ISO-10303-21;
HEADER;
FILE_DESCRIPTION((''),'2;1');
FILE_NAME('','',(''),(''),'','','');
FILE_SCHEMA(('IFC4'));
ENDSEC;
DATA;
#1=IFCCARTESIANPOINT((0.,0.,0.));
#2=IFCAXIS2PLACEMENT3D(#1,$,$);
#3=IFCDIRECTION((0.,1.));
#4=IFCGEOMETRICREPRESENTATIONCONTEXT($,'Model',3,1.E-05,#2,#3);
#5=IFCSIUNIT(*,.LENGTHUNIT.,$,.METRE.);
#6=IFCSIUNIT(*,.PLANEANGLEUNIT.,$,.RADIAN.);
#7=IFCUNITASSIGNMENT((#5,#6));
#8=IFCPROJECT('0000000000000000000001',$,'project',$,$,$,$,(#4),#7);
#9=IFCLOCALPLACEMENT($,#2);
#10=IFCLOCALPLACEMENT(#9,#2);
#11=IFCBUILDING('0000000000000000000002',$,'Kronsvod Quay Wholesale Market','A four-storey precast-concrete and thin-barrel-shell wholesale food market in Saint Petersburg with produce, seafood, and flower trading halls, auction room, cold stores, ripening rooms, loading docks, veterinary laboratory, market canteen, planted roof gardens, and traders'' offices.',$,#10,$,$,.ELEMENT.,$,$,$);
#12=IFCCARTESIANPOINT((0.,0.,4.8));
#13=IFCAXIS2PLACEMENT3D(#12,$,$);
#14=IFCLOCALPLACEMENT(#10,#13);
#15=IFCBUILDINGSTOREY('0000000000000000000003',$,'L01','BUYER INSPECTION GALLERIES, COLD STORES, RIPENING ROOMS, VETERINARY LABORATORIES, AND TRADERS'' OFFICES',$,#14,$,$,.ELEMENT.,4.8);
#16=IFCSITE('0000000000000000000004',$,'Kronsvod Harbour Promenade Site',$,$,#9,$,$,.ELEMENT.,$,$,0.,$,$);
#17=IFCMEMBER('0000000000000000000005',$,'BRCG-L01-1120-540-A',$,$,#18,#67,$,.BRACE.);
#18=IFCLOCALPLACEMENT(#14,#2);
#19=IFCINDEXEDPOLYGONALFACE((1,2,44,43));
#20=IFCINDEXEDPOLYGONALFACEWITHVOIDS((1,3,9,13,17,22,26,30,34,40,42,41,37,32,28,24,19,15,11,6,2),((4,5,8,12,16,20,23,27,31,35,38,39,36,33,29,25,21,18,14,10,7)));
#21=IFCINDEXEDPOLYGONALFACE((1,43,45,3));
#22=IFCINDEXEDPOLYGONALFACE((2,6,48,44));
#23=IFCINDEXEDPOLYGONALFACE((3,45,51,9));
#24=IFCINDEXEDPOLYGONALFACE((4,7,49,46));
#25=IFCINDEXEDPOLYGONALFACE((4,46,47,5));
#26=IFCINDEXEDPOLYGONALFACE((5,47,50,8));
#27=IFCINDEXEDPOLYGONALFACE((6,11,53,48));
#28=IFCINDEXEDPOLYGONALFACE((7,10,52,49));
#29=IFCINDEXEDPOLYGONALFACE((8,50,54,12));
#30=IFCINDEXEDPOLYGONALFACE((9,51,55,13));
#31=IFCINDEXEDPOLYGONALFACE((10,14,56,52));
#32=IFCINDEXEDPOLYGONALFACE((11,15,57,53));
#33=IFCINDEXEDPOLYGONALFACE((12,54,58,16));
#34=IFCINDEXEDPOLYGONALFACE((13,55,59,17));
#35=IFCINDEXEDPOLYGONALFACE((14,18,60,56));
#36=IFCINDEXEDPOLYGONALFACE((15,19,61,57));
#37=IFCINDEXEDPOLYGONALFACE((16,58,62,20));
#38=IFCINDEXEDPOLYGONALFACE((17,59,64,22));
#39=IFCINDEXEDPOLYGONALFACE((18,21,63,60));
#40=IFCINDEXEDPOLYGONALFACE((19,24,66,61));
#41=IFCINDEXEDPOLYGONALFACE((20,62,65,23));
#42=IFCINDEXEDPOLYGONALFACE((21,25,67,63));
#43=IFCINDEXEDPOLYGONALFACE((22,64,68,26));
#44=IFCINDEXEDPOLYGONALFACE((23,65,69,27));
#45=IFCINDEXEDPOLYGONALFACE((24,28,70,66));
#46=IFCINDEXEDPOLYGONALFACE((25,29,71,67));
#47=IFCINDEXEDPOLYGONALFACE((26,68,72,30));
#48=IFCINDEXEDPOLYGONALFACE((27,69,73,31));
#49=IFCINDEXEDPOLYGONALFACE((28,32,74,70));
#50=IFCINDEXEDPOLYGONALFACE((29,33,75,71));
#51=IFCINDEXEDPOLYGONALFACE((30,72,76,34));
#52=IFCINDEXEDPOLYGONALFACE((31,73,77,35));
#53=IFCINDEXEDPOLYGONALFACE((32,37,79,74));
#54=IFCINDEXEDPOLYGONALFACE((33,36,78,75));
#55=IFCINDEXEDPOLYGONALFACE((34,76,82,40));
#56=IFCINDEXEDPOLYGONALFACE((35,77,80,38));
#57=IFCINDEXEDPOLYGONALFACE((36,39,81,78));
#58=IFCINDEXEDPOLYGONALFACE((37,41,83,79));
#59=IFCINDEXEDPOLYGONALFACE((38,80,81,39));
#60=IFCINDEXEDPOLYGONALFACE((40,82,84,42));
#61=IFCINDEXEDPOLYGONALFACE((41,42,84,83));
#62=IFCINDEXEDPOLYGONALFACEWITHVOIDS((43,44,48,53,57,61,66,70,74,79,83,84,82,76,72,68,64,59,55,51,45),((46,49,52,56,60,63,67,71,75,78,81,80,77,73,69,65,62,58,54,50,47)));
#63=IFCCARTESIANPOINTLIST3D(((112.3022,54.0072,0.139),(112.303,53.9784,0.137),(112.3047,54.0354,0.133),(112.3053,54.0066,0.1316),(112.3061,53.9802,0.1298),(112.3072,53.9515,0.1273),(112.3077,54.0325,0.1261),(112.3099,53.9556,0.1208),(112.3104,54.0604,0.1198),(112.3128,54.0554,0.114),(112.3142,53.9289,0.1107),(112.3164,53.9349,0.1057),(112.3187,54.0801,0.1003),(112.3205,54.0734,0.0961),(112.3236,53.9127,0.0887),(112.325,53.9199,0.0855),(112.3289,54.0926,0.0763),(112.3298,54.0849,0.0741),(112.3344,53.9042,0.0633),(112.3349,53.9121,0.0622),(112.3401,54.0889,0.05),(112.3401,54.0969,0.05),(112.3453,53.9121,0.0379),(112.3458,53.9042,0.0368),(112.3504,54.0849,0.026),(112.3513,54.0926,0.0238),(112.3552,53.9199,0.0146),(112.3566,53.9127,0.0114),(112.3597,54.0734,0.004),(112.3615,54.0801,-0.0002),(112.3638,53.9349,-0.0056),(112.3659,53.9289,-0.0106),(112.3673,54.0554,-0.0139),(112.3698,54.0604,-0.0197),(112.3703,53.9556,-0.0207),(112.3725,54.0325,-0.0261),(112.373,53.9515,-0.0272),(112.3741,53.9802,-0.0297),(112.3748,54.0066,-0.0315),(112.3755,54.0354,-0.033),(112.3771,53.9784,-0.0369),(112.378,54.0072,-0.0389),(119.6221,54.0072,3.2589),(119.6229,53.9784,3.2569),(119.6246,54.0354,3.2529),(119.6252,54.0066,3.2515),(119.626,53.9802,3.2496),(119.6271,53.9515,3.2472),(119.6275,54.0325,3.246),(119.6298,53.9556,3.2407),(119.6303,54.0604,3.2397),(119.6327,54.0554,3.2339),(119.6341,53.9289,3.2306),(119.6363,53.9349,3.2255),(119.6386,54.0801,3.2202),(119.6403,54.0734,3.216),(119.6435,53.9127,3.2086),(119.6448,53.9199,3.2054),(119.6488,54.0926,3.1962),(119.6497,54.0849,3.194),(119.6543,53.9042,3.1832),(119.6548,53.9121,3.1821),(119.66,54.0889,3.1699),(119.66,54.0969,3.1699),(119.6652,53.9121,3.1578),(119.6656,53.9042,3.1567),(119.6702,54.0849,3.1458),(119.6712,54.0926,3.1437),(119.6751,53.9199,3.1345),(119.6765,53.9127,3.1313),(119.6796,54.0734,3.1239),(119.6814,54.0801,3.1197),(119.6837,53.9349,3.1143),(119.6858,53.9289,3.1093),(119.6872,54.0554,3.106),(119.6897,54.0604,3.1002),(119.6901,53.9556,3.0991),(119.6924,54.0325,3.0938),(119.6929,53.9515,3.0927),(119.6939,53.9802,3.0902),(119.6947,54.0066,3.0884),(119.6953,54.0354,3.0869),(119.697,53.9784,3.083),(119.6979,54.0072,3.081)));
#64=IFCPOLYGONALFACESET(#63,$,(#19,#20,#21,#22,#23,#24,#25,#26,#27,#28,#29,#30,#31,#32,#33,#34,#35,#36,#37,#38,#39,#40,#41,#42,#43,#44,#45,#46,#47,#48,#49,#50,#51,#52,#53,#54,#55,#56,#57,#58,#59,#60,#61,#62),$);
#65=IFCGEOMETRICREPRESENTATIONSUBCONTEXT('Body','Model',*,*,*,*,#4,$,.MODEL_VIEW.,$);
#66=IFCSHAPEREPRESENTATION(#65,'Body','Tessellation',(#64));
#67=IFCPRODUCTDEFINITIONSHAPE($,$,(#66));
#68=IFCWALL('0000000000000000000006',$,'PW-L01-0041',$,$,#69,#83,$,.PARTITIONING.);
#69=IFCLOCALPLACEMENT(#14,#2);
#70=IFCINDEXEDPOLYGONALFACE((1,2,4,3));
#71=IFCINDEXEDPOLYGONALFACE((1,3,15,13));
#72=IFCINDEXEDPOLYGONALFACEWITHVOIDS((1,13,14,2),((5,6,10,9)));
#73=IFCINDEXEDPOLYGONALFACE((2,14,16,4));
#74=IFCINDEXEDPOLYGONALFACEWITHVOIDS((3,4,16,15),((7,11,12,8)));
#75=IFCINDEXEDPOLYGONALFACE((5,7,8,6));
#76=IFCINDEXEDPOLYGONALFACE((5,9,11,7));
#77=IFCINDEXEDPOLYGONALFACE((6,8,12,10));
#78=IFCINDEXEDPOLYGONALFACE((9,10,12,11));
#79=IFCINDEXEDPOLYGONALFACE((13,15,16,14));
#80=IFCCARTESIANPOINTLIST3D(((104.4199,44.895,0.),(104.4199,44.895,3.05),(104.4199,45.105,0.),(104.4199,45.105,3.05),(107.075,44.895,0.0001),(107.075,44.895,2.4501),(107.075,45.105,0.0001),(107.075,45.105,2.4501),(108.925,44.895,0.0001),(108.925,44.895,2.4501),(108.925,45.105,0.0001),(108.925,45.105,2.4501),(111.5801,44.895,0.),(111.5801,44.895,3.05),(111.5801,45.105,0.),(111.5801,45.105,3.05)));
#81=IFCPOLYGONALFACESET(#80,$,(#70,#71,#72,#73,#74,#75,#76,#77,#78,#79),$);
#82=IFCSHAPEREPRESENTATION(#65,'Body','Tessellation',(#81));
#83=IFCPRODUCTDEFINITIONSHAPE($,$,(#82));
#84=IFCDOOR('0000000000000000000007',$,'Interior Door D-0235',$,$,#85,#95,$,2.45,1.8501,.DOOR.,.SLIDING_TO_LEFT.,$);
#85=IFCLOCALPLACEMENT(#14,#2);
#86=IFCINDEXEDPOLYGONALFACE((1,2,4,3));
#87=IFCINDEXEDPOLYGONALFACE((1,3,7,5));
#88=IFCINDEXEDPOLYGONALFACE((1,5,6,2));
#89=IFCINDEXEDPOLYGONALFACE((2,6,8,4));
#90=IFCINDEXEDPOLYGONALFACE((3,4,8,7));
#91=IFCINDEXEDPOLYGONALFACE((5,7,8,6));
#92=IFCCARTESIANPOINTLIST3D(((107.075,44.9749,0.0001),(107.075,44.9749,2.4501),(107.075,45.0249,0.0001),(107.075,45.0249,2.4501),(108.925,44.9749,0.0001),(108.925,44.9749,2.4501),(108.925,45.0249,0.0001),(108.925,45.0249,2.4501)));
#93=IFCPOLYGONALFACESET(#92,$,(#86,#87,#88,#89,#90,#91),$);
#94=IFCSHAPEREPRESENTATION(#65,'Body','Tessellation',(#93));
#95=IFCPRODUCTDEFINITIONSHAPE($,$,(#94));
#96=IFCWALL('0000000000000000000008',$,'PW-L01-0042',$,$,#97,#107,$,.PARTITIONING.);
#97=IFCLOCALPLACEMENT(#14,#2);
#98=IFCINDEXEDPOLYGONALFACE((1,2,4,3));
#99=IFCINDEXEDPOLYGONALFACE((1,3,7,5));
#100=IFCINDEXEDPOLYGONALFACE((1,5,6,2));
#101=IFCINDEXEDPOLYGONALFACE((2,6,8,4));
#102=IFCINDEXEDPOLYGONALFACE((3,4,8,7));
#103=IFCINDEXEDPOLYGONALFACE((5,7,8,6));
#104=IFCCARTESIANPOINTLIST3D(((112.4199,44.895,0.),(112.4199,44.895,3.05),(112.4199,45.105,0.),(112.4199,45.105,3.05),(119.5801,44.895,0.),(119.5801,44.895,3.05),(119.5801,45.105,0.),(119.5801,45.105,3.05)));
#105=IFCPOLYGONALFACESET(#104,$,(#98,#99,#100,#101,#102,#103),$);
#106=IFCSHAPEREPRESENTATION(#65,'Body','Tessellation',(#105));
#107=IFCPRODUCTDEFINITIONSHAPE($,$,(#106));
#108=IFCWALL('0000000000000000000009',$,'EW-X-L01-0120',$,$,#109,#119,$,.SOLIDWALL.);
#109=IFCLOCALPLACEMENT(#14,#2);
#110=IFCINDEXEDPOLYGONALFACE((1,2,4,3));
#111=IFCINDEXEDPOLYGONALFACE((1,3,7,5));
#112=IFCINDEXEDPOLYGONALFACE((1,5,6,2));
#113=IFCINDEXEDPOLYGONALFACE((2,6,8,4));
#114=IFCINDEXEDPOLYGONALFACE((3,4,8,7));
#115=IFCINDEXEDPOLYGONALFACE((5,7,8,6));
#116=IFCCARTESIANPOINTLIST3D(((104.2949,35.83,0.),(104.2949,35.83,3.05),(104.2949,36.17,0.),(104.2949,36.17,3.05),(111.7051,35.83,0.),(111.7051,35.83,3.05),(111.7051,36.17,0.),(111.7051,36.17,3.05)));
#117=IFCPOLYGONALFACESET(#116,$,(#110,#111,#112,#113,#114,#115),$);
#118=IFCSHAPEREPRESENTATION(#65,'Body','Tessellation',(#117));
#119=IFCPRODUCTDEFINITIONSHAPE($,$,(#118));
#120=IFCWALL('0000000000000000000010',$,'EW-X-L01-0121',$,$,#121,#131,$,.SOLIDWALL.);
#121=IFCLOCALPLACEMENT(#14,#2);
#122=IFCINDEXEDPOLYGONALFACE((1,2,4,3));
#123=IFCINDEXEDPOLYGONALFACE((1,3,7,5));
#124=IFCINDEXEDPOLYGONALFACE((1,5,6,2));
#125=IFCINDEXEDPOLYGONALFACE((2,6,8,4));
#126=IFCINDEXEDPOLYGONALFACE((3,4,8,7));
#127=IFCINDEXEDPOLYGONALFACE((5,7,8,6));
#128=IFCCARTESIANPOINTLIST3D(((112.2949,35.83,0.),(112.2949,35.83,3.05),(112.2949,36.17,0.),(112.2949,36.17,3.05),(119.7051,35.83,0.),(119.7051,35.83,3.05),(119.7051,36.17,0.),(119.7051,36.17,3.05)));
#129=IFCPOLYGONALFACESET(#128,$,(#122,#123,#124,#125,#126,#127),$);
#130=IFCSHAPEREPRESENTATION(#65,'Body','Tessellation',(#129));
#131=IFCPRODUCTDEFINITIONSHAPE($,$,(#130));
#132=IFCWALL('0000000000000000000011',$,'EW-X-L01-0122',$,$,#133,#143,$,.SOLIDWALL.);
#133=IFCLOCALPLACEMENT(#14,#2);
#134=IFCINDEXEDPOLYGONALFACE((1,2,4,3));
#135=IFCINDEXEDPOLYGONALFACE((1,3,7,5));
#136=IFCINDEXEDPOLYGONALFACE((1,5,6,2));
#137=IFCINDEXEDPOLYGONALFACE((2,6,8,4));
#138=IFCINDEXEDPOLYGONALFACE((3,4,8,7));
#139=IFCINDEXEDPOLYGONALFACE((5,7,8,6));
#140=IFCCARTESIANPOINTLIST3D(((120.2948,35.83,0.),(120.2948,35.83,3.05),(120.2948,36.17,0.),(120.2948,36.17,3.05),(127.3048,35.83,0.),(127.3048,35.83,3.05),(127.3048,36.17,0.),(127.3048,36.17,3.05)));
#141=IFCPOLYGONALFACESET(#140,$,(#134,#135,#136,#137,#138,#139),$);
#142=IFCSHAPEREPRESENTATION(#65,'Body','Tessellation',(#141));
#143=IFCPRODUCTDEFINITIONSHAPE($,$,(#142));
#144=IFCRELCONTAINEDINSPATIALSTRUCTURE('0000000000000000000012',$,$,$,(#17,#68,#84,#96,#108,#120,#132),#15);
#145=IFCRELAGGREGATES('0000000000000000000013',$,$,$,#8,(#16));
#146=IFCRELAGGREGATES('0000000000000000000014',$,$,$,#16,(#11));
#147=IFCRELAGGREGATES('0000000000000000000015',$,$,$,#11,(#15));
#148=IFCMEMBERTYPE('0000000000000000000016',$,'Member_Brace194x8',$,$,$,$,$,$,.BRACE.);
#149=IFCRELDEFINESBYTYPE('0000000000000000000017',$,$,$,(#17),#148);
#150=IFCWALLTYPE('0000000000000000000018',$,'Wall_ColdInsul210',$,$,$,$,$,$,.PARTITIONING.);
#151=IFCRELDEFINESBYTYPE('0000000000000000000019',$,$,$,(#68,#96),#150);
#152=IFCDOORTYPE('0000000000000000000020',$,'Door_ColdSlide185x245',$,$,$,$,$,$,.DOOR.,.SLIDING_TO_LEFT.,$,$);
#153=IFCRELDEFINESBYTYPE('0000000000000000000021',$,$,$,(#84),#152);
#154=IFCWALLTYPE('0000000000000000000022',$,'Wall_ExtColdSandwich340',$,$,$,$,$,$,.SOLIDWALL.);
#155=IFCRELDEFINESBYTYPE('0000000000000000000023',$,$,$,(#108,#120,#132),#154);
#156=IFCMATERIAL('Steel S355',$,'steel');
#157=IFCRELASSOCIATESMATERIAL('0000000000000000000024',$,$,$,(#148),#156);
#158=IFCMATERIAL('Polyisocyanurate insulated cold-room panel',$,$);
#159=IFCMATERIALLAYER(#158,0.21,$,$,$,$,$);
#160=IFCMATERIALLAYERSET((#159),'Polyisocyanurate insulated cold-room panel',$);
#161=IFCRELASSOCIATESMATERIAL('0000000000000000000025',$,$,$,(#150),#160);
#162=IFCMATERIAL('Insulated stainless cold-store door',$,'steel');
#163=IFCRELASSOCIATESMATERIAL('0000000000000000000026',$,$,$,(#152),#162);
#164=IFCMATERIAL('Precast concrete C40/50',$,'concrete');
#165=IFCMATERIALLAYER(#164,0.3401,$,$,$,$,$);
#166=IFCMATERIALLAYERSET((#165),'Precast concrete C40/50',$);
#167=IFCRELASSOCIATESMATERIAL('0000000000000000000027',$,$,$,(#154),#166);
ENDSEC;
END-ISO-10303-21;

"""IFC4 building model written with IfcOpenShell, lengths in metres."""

from ifc_helpers import new_model, si_unit, direction, frame, frame_2d, origin, origin_2d, place, context, subcontext, project, spatial, rectangle, hollow_circle, extrude, material, layer, layer_set, material_profile, profile_set, type_object, element, fill, save


model = new_model("IFC4")

# Units and contexts
model_context = context("Model", 3, precision=1e-05, world=origin(), true_north=direction((0.0, 1.0)))
body_context = subcontext(model_context, "Body", "Model", "MODEL_VIEW")
ifc_project = project(units=[si_unit("LENGTHUNIT", "METRE"), si_unit("PLANEANGLEUNIT", "RADIAN")], contexts=[model_context])

# Site, building, storey
site_placement = place(None, origin())
site = spatial("IfcSite", under=ifc_project, at=site_placement, Name="Kronsvod Harbour Promenade Site", CompositionType="ELEMENT", RefElevation=0.0)
building_placement = place(site_placement, origin())
building = spatial("IfcBuilding", under=site, at=building_placement, Name="Kronsvod Quay Wholesale Market", Description="A four-storey precast-concrete and thin-barrel-shell wholesale food market in Saint Petersburg with produce, seafood, and flower trading halls, auction room, cold stores, ripening rooms, loading docks, veterinary laboratory, market canteen, planted roof gardens, and traders' offices.", CompositionType="ELEMENT")
storey_placement = place(building_placement, frame((0.0, 0.0, 4.8)))
storey = spatial("IfcBuildingStorey", under=building, at=storey_placement, Name="L01", Description="BUYER INSPECTION GALLERIES, COLD STORES, RIPENING ROOMS, VETERINARY LABORATORIES, AND TRADERS' OFFICES", CompositionType="ELEMENT", Elevation=4.8)

# Member
ifc_material_1 = material(Name="Steel S355", Category="steel")
ifc_material_profile_1 = material_profile(ifc_material_1, hollow_circle(Radius=0.0969, WallThickness=0.0081, at=origin_2d()), Name="CHS194x8")
ifc_profile_set_1 = profile_set([ifc_material_profile_1], Name="Steel S355")
member_type = type_object("IfcMemberType", Name="Member_Brace194x8", PredefinedType="BRACE", material=ifc_profile_set_1)
member_placement = place(storey_placement, frame((112.3401, 54.0, 0.05), z_axis=(0.919926, 0.0, 0.392093), x_axis=(0.0, 1.0, 0.0)))
element("IfcMember", 1, at=member_placement, inside=storey, type_object=member_type, Name="BRCG-L01-1120-540-A", PredefinedType="BRACE", context=body_context, shape_type="SweptSolid", body=[
    extrude(hollow_circle(Radius=0.0969, WallThickness=0.0081, at=origin_2d()), origin(), (0.0, 0.0, 1.0), 7.957),
])

# Wall, opening, door
ifc_material_2 = material(Name="Polyisocyanurate insulated cold-room panel")
ifc_layer_1 = layer(ifc_material_2, 0.21)
ifc_layer_set_1 = layer_set([ifc_layer_1], Name="Polyisocyanurate insulated cold-room panel")
wall_type_1 = type_object("IfcWallType", Name="Wall_ColdInsul210", PredefinedType="PARTITIONING", material=ifc_layer_set_1)
wall_1_placement = place(storey_placement, frame((104.4199, 45.0, 0.0), z_axis=(0.0, 0.0, 1.0), x_axis=(1.0, 0.0, 0.0)))
wall_1 = element("IfcWall", 2, at=wall_1_placement, inside=storey, type_object=wall_type_1, Name="PW-L01-0041", PredefinedType="PARTITIONING", context=body_context, shape_type="SweptSolid", body=[
    extrude(rectangle(XDim=7.1602, YDim=0.21, at=frame_2d((3.5801, 0.0))), origin(), (0.0, 0.0, 1.0), 3.05),
])
opening_placement = place(wall_1_placement, frame((2.655, 0.0, 0.0)))
opening = element("IfcOpeningElement", 3, at=opening_placement, cuts=wall_1, PredefinedType="OPENING", context=body_context, shape_type="SweptSolid", body=[
    extrude(rectangle(XDim=1.8501, YDim=2.45, at=frame_2d((0.925, 1.2251))), frame((0.0, 0.115, 0.0), z_axis=(0.0, -1.0, 0.0), x_axis=(1.0, 0.0, 0.0)), (0.0, 0.0, 1.0), 0.23),
])
ifc_material_3 = material(Name="Insulated stainless cold-store door", Category="steel")
door_type = type_object("IfcDoorType", Name="Door_ColdSlide185x245", OperationType="SLIDING_TO_LEFT", PredefinedType="DOOR", material=ifc_material_3)
door_placement = place(opening_placement, origin())
door = element("IfcDoor", 4, at=door_placement, inside=storey, type_object=door_type, Name="Interior Door D-0235", OperationType="SLIDING_TO_LEFT", OverallHeight=2.45, OverallWidth=1.8501, PredefinedType="DOOR", context=body_context, shape_type="SweptSolid", body=[
    extrude(rectangle(XDim=1.8501, YDim=2.45, at=frame_2d((0.925, 1.2251))), frame((0.0, 0.0249, 0.0), z_axis=(0.0, -1.0, 0.0), x_axis=(1.0, 0.0, 0.0)), (0.0, 0.0, 1.0), 0.05),
])
fill(opening, door)

# Walls
wall_2_placement = place(storey_placement, frame((112.4199, 45.0, 0.0), z_axis=(0.0, 0.0, 1.0), x_axis=(1.0, 0.0, 0.0)))
element("IfcWall", 5, at=wall_2_placement, inside=storey, type_object=wall_type_1, Name="PW-L01-0042", PredefinedType="PARTITIONING", context=body_context, shape_type="SweptSolid", body=[
    extrude(rectangle(XDim=7.1602, YDim=0.21, at=frame_2d((3.5801, 0.0))), origin(), (0.0, 0.0, 1.0), 3.05),
])
ifc_material_4 = material(Name="Precast concrete C40/50", Category="concrete")
ifc_layer_2 = layer(ifc_material_4, 0.3401)
ifc_layer_set_2 = layer_set([ifc_layer_2], Name="Precast concrete C40/50")
wall_type_2 = type_object("IfcWallType", Name="Wall_ExtColdSandwich340", PredefinedType="SOLIDWALL", material=ifc_layer_set_2)
for number, where, z_axis, x_axis, name in (
    (6, (104.2949, 36.0, 0.0), (0.0, 0.0, 1.0), (1.0, 0.0, 0.0), "EW-X-L01-0120"),
    (7, (112.2949, 36.0, 0.0), (0.0, 0.0, 1.0), (1.0, 0.0, 0.0), "EW-X-L01-0121"),
):
    element("IfcWall", number, at=place(storey_placement, frame(where, z_axis=z_axis, x_axis=x_axis)), inside=storey, type_object=wall_type_2, Name=name, PredefinedType="SOLIDWALL", context=body_context, shape_type="SweptSolid", body=[
        extrude(rectangle(XDim=7.4102, YDim=0.3401, at=frame_2d((3.7051, 0.0))), origin(), (0.0, 0.0, 1.0), 3.05),
    ])
wall_3_placement = place(storey_placement, frame((120.2949, 36.0, 0.0), z_axis=(0.0, 0.0, 1.0), x_axis=(1.0, 0.0, 0.0)))
element("IfcWall", 8, at=wall_3_placement, inside=storey, type_object=wall_type_2, Name="EW-X-L01-0122", PredefinedType="SOLIDWALL", context=body_context, shape_type="SweptSolid", body=[
    extrude(rectangle(XDim=7.01, YDim=0.3401, at=frame_2d((3.5049, 0.0))), origin(), (0.0, 0.0, 1.0), 3.05),
])

save(model, "model.ifc")
